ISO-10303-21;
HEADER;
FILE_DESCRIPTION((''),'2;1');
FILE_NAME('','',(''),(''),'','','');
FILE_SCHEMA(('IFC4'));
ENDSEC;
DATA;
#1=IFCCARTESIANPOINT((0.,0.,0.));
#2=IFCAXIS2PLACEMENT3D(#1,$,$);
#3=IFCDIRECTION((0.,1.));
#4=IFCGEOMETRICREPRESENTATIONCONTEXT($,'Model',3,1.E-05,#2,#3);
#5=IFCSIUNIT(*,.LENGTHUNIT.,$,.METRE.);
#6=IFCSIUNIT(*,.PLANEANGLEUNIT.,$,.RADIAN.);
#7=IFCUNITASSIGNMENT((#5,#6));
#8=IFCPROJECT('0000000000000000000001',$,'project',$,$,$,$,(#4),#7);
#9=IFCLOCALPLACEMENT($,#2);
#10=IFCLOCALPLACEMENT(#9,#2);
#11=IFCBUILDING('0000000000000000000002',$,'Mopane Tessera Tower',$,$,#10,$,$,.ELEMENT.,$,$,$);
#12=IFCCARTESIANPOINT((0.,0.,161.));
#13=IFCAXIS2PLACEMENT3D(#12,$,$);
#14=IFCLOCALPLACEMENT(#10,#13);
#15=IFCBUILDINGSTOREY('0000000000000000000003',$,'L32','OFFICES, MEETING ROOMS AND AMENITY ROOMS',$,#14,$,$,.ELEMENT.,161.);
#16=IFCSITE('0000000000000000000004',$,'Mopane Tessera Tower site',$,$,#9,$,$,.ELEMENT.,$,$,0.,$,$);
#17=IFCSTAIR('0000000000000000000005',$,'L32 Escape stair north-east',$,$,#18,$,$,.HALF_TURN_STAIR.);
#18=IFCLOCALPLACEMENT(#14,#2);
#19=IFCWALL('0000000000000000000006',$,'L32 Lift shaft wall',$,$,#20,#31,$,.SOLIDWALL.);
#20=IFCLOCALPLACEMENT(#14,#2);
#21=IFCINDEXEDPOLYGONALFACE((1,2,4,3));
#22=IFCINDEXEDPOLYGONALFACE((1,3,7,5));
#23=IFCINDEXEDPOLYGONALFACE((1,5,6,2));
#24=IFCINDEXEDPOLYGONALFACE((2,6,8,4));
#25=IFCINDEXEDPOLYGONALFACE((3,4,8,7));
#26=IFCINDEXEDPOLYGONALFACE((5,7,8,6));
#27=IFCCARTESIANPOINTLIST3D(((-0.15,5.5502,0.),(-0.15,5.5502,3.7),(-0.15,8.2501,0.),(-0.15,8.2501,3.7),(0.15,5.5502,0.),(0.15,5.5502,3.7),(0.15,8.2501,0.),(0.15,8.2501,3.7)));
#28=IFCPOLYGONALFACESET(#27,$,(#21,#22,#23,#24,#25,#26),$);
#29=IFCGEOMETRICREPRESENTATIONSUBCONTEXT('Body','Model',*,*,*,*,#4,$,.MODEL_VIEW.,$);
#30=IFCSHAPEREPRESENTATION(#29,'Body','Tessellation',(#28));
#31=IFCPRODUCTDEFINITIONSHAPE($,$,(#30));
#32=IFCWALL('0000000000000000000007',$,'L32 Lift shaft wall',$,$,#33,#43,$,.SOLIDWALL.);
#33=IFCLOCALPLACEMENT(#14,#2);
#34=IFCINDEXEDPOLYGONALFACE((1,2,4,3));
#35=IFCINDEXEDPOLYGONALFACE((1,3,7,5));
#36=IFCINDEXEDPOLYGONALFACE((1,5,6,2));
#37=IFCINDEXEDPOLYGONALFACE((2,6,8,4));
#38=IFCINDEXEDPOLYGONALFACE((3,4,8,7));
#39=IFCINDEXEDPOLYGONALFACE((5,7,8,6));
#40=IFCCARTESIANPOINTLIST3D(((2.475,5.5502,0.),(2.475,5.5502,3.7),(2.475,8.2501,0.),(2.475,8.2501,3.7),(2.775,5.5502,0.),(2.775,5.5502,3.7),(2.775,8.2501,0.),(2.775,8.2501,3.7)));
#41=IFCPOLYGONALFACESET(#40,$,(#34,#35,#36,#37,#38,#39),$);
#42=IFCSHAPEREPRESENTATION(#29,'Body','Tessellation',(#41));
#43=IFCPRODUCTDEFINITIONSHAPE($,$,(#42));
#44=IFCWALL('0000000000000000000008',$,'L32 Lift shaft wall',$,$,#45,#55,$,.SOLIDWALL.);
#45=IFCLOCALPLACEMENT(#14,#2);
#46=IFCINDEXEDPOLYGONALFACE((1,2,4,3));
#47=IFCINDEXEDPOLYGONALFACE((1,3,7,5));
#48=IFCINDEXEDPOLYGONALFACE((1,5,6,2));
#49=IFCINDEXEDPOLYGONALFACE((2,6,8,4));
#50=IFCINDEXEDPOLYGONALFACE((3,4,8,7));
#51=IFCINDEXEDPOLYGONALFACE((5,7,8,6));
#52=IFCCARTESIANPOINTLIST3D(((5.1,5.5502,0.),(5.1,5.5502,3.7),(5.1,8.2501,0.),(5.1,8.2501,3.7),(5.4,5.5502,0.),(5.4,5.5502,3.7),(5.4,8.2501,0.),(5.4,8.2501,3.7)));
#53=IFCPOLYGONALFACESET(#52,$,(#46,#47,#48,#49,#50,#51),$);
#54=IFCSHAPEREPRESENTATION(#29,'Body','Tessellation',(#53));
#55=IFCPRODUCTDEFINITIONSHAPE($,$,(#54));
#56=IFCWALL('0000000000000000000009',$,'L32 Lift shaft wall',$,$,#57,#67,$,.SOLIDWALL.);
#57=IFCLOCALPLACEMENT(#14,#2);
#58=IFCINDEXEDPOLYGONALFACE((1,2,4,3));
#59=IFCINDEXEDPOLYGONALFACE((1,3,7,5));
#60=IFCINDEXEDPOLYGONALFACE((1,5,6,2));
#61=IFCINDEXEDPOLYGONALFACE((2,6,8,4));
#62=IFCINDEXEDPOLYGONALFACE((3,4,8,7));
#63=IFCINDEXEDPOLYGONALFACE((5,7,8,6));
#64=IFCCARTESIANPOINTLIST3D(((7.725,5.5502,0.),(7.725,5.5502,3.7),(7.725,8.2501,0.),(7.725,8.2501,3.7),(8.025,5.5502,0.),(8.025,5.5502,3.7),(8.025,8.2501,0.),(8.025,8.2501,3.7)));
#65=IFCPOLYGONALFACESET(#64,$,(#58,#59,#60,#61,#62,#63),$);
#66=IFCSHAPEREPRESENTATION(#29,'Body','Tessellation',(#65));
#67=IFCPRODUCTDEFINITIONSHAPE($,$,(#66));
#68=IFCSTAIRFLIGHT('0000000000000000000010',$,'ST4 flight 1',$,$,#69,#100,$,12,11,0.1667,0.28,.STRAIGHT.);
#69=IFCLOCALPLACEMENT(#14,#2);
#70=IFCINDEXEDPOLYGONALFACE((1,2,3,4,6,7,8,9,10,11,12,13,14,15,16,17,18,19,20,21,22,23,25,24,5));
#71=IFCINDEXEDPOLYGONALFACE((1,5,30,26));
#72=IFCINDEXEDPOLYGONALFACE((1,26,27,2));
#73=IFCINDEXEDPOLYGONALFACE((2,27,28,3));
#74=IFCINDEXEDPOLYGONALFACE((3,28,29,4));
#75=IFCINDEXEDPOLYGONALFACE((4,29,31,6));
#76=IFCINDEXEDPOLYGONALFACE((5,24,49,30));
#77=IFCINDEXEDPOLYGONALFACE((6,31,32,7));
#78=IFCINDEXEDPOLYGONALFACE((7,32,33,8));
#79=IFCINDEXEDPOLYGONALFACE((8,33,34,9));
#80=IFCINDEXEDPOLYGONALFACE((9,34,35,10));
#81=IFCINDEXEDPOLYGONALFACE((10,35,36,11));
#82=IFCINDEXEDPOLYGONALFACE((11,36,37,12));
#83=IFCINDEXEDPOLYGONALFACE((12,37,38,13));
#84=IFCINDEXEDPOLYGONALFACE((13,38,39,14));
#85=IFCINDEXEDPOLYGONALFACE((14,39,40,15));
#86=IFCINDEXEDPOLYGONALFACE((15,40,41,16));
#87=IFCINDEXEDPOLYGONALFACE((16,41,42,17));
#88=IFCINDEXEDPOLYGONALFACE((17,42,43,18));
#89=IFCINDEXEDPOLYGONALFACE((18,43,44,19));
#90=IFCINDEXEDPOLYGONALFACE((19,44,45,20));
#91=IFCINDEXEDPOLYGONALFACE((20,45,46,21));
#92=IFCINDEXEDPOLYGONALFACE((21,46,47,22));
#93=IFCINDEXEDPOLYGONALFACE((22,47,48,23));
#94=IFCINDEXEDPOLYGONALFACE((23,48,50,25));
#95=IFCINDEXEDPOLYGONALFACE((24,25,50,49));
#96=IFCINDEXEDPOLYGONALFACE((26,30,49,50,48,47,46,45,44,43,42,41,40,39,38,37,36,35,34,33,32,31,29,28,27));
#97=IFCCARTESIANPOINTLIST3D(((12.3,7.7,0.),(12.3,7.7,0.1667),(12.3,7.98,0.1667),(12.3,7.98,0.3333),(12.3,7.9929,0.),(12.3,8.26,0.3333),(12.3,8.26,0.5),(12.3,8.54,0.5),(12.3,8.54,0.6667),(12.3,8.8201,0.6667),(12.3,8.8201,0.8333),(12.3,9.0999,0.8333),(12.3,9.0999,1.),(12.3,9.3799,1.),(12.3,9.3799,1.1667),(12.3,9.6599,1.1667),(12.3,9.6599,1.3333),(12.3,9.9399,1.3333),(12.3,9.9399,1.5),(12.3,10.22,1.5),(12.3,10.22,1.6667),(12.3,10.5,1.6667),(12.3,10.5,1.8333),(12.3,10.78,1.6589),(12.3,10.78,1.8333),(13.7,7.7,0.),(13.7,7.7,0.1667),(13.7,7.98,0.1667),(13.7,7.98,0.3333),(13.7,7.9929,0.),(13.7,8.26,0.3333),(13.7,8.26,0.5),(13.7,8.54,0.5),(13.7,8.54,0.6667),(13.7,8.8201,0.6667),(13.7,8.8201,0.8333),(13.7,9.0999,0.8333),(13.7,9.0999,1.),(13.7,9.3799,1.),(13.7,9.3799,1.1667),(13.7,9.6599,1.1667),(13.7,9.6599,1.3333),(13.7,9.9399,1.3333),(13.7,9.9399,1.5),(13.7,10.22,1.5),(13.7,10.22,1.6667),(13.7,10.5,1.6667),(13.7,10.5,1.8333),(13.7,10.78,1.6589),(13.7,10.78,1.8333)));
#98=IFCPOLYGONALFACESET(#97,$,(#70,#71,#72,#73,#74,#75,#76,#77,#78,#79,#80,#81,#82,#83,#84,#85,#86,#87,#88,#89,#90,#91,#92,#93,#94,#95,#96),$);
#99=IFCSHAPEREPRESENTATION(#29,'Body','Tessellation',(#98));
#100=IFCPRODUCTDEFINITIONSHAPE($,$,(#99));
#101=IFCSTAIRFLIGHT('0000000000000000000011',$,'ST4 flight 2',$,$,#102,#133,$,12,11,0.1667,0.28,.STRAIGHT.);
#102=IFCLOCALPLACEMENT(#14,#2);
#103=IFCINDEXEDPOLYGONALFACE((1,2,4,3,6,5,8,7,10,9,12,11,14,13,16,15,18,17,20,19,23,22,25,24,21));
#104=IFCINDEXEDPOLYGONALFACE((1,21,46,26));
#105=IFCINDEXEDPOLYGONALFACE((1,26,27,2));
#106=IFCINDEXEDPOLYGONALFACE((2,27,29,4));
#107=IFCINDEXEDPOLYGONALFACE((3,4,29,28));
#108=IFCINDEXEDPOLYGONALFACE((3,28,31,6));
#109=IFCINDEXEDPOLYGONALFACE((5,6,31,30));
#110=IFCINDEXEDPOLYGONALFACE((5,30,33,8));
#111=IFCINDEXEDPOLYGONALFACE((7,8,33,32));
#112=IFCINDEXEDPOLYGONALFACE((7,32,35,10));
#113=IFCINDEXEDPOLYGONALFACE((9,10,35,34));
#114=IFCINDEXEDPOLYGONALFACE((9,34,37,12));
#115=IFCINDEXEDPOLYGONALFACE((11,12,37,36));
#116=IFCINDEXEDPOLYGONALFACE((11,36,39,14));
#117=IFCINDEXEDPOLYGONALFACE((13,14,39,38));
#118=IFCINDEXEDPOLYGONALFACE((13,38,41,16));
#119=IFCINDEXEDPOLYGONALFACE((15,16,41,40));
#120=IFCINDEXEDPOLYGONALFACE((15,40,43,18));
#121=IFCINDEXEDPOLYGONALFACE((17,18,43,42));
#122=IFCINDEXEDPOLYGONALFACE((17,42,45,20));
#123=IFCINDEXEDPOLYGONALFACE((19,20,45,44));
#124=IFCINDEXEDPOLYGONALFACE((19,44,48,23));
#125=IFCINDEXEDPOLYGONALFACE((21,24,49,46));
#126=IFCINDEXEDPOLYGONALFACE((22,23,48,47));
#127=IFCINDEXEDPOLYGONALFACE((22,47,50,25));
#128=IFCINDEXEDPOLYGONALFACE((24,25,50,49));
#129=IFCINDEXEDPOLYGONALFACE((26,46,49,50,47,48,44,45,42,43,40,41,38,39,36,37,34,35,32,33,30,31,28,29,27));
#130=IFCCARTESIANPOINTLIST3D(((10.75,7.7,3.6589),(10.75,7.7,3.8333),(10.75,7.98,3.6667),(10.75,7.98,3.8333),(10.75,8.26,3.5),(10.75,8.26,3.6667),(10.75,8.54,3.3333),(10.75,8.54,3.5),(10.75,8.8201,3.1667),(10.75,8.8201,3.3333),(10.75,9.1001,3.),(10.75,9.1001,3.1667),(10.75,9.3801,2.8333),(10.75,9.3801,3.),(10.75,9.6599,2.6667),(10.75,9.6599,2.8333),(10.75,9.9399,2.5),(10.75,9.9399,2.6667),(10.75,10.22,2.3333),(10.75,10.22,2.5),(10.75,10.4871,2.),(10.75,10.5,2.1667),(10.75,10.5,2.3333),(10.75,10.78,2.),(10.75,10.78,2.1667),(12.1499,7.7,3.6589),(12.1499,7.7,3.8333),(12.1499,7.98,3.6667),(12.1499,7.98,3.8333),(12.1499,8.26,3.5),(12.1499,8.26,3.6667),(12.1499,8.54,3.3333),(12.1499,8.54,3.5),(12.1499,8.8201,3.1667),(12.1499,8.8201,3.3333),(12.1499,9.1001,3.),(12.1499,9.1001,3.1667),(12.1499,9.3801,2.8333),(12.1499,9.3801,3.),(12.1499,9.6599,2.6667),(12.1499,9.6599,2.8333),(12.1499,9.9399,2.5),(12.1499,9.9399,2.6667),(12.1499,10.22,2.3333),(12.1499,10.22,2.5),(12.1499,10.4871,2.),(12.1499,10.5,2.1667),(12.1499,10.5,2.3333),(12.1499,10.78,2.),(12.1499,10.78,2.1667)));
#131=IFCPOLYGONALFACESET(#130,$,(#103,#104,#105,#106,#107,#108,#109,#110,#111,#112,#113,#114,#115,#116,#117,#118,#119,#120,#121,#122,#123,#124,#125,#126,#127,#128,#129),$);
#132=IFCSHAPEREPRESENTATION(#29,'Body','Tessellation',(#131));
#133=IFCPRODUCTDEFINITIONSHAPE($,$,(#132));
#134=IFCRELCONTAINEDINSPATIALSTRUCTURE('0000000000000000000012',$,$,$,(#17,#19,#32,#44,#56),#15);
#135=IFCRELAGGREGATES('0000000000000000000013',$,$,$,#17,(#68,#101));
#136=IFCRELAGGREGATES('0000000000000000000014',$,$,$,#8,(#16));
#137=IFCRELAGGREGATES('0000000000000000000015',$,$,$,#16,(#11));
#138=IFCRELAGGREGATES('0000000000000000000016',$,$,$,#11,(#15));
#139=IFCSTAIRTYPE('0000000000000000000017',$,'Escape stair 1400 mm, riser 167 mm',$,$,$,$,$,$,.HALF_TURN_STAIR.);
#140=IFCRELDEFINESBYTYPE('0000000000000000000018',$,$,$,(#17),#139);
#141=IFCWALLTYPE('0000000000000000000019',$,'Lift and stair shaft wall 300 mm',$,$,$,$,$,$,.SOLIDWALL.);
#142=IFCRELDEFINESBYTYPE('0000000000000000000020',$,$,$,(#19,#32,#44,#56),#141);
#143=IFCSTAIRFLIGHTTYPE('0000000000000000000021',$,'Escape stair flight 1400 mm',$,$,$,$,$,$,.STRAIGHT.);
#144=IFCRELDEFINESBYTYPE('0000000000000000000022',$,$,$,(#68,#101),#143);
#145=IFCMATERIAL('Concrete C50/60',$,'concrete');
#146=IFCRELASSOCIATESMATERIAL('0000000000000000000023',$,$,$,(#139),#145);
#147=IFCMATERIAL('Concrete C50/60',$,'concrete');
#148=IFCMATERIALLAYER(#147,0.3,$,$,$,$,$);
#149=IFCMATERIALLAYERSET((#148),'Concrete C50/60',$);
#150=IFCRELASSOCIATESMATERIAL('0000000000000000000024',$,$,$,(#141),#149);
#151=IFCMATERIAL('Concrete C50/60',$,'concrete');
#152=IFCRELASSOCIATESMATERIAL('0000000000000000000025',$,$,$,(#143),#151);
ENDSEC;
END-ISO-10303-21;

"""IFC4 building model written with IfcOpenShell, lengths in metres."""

from ifc_helpers import new_model, si_unit, direction, frame, frame_2d, origin, place, context, subcontext, project, spatial, polyline, rectangle, outline, extrude, material, layer, layer_set, type_object, element, aggregate, save


model = new_model("IFC4")

# Units and contexts
model_context = context("Model", 3, precision=1e-05, world=origin(), true_north=direction((0.0, 1.0)))
body_context = subcontext(model_context, "Body", "Model", "MODEL_VIEW")
ifc_project = project(units=[si_unit("LENGTHUNIT", "METRE"), si_unit("PLANEANGLEUNIT", "RADIAN")], contexts=[model_context])

# Site, building, storey
site_placement = place(None, origin())
site = spatial("IfcSite", under=ifc_project, at=site_placement, Name="Mopane Tessera Tower site", CompositionType="ELEMENT", RefElevation=0.0)
building_placement = place(site_placement, origin())
building = spatial("IfcBuilding", under=site, at=building_placement, Name="Mopane Tessera Tower", CompositionType="ELEMENT")
storey_placement = place(building_placement, frame((0.0, 0.0, 161.0)))
storey = spatial("IfcBuildingStorey", under=building, at=storey_placement, Name="L32", Description="OFFICES, MEETING ROOMS AND AMENITY ROOMS", CompositionType="ELEMENT", Elevation=161.0)

# Stair
ifc_material_1 = material(Name="Concrete C50/60", Category="concrete")
stair_type = type_object("IfcStairType", Name="Escape stair 1400 mm, riser 167 mm", PredefinedType="HALF_TURN_STAIR", material=ifc_material_1)
stair_1_placement = place(storey_placement, origin())
stair_1 = element("IfcStair", 1, at=stair_1_placement, inside=storey, type_object=stair_type, Name="L32 Escape stair north-east", PredefinedType="HALF_TURN_STAIR")

# Shared definitions
ifc_material_2 = material(Name="Concrete C50/60", Category="concrete")
ifc_layer_1 = layer(ifc_material_2, 0.3)
ifc_layer_set_1 = layer_set([ifc_layer_1], Name="Concrete C50/60")
wall_type_1 = type_object("IfcWallType", Name="Lift and stair shaft wall 300 mm", PredefinedType="SOLIDWALL", material=ifc_layer_set_1)

# Walls
for number, where, z_axis, x_axis, name in (
    (2, (0.0, 5.55, 0.0), (0.0, 0.0, 1.0), (0.0, 1.0, 0.0), "L32 Lift shaft wall"),
    (3, (2.625, 5.55, 0.0), (0.0, 0.0, 1.0), (0.0, 1.0, 0.0), "L32 Lift shaft wall"),
    (4, (5.25, 5.55, 0.0), (0.0, 0.0, 1.0), (0.0, 1.0, 0.0), "L32 Lift shaft wall"),
    (5, (7.875, 5.55, 0.0), (0.0, 0.0, 1.0), (0.0, 1.0, 0.0), "L32 Lift shaft wall"),
):
    element("IfcWall", number, at=place(storey_placement, frame(where, z_axis=z_axis, x_axis=x_axis)), inside=storey, type_object=wall_type_1, Name=name, PredefinedType="SOLIDWALL", context=body_context, shape_type="SweptSolid", body=[
        extrude(rectangle(XDim=2.7, YDim=0.3, at=frame_2d((1.3501, 0.0))), origin(), (0.0, 0.0, 1.0), 3.7),
    ])

# Stair flights
ifc_material_3 = material(Name="Concrete C50/60", Category="concrete")
stair_flight_type = type_object("IfcStairFlightType", Name="Escape stair flight 1400 mm", PredefinedType="STRAIGHT", material=ifc_material_3)
stair_flight_1_placement = place(storey_placement, frame((13.0, 7.7, 0.0), z_axis=(0.0, 0.0, 1.0), x_axis=(0.0, 1.0, 0.0)))
stair_flight_1 = element("IfcStairFlight", 6, at=stair_flight_1_placement, type_object=stair_flight_type, Name="ST4 flight 1", NumberOfRisers=12, NumberOfTreads=11, PredefinedType="STRAIGHT", RiserHeight=0.1667, TreadLength=0.28, context=body_context, shape_type="SweptSolid", body=[
    extrude(outline(polyline([(0.0, 0.0), (0.0, 0.1667), (0.28, 0.1667), (0.28, 0.3333), (0.5601, 0.3333), (0.5601, 0.5), (0.8401, 0.5), (0.8401, 0.6667), (1.1201, 0.6667), (1.1201, 0.8333), (1.3999, 0.8333), (1.3999, 1.0), (1.6799, 1.0), (1.6799, 1.1667), (1.96, 1.1667), (1.96, 1.3333), (2.24, 1.3333), (2.24, 1.5), (2.52, 1.5), (2.52, 1.6667), (2.8, 1.6667), (2.8, 1.8333), (3.0801, 1.8333), (3.0801, 2.0), (3.0801, 1.6589), (0.293, 0.0), (0.0, 0.0)])), frame((0.0, 0.7, 0.0), z_axis=(0.0, -1.0, 0.0), x_axis=(1.0, 0.0, 0.0)), (0.0, 0.0, 1.0), 1.3999),
])
stair_flight_2_placement = place(storey_placement, frame((11.45, 10.78, 2.0), z_axis=(0.0, 0.0, 1.0), x_axis=(0.0, -1.0, 0.0)))
stair_flight_2 = element("IfcStairFlight", 7, at=stair_flight_2_placement, type_object=stair_flight_type, Name="ST4 flight 2", NumberOfRisers=12, NumberOfTreads=11, PredefinedType="STRAIGHT", RiserHeight=0.1667, TreadLength=0.28, context=body_context, shape_type="SweptSolid", body=[
    extrude(outline(polyline([(0.0, 0.0), (0.0, 0.1667), (0.28, 0.1667), (0.28, 0.3333), (0.5601, 0.3333), (0.5601, 0.5), (0.8401, 0.5), (0.8401, 0.6667), (1.1201, 0.6667), (1.1201, 0.8333), (1.3999, 0.8333), (1.3999, 1.0), (1.6799, 1.0), (1.6799, 1.1667), (1.96, 1.1667), (1.96, 1.3333), (2.24, 1.3333), (2.24, 1.5), (2.52, 1.5), (2.52, 1.6667), (2.8, 1.6667), (2.8, 1.8333), (3.0801, 1.8333), (3.0801, 2.0), (3.0801, 1.6589), (0.293, 0.0), (0.0, 0.0)])), frame((0.0, 0.7, 0.0), z_axis=(0.0, -1.0, 0.0), x_axis=(1.0, 0.0, 0.0)), (0.0, 0.0, 1.0), 1.3999),
])
aggregate(stair_1, [stair_flight_1, stair_flight_2])

save(model, "model.ifc")
